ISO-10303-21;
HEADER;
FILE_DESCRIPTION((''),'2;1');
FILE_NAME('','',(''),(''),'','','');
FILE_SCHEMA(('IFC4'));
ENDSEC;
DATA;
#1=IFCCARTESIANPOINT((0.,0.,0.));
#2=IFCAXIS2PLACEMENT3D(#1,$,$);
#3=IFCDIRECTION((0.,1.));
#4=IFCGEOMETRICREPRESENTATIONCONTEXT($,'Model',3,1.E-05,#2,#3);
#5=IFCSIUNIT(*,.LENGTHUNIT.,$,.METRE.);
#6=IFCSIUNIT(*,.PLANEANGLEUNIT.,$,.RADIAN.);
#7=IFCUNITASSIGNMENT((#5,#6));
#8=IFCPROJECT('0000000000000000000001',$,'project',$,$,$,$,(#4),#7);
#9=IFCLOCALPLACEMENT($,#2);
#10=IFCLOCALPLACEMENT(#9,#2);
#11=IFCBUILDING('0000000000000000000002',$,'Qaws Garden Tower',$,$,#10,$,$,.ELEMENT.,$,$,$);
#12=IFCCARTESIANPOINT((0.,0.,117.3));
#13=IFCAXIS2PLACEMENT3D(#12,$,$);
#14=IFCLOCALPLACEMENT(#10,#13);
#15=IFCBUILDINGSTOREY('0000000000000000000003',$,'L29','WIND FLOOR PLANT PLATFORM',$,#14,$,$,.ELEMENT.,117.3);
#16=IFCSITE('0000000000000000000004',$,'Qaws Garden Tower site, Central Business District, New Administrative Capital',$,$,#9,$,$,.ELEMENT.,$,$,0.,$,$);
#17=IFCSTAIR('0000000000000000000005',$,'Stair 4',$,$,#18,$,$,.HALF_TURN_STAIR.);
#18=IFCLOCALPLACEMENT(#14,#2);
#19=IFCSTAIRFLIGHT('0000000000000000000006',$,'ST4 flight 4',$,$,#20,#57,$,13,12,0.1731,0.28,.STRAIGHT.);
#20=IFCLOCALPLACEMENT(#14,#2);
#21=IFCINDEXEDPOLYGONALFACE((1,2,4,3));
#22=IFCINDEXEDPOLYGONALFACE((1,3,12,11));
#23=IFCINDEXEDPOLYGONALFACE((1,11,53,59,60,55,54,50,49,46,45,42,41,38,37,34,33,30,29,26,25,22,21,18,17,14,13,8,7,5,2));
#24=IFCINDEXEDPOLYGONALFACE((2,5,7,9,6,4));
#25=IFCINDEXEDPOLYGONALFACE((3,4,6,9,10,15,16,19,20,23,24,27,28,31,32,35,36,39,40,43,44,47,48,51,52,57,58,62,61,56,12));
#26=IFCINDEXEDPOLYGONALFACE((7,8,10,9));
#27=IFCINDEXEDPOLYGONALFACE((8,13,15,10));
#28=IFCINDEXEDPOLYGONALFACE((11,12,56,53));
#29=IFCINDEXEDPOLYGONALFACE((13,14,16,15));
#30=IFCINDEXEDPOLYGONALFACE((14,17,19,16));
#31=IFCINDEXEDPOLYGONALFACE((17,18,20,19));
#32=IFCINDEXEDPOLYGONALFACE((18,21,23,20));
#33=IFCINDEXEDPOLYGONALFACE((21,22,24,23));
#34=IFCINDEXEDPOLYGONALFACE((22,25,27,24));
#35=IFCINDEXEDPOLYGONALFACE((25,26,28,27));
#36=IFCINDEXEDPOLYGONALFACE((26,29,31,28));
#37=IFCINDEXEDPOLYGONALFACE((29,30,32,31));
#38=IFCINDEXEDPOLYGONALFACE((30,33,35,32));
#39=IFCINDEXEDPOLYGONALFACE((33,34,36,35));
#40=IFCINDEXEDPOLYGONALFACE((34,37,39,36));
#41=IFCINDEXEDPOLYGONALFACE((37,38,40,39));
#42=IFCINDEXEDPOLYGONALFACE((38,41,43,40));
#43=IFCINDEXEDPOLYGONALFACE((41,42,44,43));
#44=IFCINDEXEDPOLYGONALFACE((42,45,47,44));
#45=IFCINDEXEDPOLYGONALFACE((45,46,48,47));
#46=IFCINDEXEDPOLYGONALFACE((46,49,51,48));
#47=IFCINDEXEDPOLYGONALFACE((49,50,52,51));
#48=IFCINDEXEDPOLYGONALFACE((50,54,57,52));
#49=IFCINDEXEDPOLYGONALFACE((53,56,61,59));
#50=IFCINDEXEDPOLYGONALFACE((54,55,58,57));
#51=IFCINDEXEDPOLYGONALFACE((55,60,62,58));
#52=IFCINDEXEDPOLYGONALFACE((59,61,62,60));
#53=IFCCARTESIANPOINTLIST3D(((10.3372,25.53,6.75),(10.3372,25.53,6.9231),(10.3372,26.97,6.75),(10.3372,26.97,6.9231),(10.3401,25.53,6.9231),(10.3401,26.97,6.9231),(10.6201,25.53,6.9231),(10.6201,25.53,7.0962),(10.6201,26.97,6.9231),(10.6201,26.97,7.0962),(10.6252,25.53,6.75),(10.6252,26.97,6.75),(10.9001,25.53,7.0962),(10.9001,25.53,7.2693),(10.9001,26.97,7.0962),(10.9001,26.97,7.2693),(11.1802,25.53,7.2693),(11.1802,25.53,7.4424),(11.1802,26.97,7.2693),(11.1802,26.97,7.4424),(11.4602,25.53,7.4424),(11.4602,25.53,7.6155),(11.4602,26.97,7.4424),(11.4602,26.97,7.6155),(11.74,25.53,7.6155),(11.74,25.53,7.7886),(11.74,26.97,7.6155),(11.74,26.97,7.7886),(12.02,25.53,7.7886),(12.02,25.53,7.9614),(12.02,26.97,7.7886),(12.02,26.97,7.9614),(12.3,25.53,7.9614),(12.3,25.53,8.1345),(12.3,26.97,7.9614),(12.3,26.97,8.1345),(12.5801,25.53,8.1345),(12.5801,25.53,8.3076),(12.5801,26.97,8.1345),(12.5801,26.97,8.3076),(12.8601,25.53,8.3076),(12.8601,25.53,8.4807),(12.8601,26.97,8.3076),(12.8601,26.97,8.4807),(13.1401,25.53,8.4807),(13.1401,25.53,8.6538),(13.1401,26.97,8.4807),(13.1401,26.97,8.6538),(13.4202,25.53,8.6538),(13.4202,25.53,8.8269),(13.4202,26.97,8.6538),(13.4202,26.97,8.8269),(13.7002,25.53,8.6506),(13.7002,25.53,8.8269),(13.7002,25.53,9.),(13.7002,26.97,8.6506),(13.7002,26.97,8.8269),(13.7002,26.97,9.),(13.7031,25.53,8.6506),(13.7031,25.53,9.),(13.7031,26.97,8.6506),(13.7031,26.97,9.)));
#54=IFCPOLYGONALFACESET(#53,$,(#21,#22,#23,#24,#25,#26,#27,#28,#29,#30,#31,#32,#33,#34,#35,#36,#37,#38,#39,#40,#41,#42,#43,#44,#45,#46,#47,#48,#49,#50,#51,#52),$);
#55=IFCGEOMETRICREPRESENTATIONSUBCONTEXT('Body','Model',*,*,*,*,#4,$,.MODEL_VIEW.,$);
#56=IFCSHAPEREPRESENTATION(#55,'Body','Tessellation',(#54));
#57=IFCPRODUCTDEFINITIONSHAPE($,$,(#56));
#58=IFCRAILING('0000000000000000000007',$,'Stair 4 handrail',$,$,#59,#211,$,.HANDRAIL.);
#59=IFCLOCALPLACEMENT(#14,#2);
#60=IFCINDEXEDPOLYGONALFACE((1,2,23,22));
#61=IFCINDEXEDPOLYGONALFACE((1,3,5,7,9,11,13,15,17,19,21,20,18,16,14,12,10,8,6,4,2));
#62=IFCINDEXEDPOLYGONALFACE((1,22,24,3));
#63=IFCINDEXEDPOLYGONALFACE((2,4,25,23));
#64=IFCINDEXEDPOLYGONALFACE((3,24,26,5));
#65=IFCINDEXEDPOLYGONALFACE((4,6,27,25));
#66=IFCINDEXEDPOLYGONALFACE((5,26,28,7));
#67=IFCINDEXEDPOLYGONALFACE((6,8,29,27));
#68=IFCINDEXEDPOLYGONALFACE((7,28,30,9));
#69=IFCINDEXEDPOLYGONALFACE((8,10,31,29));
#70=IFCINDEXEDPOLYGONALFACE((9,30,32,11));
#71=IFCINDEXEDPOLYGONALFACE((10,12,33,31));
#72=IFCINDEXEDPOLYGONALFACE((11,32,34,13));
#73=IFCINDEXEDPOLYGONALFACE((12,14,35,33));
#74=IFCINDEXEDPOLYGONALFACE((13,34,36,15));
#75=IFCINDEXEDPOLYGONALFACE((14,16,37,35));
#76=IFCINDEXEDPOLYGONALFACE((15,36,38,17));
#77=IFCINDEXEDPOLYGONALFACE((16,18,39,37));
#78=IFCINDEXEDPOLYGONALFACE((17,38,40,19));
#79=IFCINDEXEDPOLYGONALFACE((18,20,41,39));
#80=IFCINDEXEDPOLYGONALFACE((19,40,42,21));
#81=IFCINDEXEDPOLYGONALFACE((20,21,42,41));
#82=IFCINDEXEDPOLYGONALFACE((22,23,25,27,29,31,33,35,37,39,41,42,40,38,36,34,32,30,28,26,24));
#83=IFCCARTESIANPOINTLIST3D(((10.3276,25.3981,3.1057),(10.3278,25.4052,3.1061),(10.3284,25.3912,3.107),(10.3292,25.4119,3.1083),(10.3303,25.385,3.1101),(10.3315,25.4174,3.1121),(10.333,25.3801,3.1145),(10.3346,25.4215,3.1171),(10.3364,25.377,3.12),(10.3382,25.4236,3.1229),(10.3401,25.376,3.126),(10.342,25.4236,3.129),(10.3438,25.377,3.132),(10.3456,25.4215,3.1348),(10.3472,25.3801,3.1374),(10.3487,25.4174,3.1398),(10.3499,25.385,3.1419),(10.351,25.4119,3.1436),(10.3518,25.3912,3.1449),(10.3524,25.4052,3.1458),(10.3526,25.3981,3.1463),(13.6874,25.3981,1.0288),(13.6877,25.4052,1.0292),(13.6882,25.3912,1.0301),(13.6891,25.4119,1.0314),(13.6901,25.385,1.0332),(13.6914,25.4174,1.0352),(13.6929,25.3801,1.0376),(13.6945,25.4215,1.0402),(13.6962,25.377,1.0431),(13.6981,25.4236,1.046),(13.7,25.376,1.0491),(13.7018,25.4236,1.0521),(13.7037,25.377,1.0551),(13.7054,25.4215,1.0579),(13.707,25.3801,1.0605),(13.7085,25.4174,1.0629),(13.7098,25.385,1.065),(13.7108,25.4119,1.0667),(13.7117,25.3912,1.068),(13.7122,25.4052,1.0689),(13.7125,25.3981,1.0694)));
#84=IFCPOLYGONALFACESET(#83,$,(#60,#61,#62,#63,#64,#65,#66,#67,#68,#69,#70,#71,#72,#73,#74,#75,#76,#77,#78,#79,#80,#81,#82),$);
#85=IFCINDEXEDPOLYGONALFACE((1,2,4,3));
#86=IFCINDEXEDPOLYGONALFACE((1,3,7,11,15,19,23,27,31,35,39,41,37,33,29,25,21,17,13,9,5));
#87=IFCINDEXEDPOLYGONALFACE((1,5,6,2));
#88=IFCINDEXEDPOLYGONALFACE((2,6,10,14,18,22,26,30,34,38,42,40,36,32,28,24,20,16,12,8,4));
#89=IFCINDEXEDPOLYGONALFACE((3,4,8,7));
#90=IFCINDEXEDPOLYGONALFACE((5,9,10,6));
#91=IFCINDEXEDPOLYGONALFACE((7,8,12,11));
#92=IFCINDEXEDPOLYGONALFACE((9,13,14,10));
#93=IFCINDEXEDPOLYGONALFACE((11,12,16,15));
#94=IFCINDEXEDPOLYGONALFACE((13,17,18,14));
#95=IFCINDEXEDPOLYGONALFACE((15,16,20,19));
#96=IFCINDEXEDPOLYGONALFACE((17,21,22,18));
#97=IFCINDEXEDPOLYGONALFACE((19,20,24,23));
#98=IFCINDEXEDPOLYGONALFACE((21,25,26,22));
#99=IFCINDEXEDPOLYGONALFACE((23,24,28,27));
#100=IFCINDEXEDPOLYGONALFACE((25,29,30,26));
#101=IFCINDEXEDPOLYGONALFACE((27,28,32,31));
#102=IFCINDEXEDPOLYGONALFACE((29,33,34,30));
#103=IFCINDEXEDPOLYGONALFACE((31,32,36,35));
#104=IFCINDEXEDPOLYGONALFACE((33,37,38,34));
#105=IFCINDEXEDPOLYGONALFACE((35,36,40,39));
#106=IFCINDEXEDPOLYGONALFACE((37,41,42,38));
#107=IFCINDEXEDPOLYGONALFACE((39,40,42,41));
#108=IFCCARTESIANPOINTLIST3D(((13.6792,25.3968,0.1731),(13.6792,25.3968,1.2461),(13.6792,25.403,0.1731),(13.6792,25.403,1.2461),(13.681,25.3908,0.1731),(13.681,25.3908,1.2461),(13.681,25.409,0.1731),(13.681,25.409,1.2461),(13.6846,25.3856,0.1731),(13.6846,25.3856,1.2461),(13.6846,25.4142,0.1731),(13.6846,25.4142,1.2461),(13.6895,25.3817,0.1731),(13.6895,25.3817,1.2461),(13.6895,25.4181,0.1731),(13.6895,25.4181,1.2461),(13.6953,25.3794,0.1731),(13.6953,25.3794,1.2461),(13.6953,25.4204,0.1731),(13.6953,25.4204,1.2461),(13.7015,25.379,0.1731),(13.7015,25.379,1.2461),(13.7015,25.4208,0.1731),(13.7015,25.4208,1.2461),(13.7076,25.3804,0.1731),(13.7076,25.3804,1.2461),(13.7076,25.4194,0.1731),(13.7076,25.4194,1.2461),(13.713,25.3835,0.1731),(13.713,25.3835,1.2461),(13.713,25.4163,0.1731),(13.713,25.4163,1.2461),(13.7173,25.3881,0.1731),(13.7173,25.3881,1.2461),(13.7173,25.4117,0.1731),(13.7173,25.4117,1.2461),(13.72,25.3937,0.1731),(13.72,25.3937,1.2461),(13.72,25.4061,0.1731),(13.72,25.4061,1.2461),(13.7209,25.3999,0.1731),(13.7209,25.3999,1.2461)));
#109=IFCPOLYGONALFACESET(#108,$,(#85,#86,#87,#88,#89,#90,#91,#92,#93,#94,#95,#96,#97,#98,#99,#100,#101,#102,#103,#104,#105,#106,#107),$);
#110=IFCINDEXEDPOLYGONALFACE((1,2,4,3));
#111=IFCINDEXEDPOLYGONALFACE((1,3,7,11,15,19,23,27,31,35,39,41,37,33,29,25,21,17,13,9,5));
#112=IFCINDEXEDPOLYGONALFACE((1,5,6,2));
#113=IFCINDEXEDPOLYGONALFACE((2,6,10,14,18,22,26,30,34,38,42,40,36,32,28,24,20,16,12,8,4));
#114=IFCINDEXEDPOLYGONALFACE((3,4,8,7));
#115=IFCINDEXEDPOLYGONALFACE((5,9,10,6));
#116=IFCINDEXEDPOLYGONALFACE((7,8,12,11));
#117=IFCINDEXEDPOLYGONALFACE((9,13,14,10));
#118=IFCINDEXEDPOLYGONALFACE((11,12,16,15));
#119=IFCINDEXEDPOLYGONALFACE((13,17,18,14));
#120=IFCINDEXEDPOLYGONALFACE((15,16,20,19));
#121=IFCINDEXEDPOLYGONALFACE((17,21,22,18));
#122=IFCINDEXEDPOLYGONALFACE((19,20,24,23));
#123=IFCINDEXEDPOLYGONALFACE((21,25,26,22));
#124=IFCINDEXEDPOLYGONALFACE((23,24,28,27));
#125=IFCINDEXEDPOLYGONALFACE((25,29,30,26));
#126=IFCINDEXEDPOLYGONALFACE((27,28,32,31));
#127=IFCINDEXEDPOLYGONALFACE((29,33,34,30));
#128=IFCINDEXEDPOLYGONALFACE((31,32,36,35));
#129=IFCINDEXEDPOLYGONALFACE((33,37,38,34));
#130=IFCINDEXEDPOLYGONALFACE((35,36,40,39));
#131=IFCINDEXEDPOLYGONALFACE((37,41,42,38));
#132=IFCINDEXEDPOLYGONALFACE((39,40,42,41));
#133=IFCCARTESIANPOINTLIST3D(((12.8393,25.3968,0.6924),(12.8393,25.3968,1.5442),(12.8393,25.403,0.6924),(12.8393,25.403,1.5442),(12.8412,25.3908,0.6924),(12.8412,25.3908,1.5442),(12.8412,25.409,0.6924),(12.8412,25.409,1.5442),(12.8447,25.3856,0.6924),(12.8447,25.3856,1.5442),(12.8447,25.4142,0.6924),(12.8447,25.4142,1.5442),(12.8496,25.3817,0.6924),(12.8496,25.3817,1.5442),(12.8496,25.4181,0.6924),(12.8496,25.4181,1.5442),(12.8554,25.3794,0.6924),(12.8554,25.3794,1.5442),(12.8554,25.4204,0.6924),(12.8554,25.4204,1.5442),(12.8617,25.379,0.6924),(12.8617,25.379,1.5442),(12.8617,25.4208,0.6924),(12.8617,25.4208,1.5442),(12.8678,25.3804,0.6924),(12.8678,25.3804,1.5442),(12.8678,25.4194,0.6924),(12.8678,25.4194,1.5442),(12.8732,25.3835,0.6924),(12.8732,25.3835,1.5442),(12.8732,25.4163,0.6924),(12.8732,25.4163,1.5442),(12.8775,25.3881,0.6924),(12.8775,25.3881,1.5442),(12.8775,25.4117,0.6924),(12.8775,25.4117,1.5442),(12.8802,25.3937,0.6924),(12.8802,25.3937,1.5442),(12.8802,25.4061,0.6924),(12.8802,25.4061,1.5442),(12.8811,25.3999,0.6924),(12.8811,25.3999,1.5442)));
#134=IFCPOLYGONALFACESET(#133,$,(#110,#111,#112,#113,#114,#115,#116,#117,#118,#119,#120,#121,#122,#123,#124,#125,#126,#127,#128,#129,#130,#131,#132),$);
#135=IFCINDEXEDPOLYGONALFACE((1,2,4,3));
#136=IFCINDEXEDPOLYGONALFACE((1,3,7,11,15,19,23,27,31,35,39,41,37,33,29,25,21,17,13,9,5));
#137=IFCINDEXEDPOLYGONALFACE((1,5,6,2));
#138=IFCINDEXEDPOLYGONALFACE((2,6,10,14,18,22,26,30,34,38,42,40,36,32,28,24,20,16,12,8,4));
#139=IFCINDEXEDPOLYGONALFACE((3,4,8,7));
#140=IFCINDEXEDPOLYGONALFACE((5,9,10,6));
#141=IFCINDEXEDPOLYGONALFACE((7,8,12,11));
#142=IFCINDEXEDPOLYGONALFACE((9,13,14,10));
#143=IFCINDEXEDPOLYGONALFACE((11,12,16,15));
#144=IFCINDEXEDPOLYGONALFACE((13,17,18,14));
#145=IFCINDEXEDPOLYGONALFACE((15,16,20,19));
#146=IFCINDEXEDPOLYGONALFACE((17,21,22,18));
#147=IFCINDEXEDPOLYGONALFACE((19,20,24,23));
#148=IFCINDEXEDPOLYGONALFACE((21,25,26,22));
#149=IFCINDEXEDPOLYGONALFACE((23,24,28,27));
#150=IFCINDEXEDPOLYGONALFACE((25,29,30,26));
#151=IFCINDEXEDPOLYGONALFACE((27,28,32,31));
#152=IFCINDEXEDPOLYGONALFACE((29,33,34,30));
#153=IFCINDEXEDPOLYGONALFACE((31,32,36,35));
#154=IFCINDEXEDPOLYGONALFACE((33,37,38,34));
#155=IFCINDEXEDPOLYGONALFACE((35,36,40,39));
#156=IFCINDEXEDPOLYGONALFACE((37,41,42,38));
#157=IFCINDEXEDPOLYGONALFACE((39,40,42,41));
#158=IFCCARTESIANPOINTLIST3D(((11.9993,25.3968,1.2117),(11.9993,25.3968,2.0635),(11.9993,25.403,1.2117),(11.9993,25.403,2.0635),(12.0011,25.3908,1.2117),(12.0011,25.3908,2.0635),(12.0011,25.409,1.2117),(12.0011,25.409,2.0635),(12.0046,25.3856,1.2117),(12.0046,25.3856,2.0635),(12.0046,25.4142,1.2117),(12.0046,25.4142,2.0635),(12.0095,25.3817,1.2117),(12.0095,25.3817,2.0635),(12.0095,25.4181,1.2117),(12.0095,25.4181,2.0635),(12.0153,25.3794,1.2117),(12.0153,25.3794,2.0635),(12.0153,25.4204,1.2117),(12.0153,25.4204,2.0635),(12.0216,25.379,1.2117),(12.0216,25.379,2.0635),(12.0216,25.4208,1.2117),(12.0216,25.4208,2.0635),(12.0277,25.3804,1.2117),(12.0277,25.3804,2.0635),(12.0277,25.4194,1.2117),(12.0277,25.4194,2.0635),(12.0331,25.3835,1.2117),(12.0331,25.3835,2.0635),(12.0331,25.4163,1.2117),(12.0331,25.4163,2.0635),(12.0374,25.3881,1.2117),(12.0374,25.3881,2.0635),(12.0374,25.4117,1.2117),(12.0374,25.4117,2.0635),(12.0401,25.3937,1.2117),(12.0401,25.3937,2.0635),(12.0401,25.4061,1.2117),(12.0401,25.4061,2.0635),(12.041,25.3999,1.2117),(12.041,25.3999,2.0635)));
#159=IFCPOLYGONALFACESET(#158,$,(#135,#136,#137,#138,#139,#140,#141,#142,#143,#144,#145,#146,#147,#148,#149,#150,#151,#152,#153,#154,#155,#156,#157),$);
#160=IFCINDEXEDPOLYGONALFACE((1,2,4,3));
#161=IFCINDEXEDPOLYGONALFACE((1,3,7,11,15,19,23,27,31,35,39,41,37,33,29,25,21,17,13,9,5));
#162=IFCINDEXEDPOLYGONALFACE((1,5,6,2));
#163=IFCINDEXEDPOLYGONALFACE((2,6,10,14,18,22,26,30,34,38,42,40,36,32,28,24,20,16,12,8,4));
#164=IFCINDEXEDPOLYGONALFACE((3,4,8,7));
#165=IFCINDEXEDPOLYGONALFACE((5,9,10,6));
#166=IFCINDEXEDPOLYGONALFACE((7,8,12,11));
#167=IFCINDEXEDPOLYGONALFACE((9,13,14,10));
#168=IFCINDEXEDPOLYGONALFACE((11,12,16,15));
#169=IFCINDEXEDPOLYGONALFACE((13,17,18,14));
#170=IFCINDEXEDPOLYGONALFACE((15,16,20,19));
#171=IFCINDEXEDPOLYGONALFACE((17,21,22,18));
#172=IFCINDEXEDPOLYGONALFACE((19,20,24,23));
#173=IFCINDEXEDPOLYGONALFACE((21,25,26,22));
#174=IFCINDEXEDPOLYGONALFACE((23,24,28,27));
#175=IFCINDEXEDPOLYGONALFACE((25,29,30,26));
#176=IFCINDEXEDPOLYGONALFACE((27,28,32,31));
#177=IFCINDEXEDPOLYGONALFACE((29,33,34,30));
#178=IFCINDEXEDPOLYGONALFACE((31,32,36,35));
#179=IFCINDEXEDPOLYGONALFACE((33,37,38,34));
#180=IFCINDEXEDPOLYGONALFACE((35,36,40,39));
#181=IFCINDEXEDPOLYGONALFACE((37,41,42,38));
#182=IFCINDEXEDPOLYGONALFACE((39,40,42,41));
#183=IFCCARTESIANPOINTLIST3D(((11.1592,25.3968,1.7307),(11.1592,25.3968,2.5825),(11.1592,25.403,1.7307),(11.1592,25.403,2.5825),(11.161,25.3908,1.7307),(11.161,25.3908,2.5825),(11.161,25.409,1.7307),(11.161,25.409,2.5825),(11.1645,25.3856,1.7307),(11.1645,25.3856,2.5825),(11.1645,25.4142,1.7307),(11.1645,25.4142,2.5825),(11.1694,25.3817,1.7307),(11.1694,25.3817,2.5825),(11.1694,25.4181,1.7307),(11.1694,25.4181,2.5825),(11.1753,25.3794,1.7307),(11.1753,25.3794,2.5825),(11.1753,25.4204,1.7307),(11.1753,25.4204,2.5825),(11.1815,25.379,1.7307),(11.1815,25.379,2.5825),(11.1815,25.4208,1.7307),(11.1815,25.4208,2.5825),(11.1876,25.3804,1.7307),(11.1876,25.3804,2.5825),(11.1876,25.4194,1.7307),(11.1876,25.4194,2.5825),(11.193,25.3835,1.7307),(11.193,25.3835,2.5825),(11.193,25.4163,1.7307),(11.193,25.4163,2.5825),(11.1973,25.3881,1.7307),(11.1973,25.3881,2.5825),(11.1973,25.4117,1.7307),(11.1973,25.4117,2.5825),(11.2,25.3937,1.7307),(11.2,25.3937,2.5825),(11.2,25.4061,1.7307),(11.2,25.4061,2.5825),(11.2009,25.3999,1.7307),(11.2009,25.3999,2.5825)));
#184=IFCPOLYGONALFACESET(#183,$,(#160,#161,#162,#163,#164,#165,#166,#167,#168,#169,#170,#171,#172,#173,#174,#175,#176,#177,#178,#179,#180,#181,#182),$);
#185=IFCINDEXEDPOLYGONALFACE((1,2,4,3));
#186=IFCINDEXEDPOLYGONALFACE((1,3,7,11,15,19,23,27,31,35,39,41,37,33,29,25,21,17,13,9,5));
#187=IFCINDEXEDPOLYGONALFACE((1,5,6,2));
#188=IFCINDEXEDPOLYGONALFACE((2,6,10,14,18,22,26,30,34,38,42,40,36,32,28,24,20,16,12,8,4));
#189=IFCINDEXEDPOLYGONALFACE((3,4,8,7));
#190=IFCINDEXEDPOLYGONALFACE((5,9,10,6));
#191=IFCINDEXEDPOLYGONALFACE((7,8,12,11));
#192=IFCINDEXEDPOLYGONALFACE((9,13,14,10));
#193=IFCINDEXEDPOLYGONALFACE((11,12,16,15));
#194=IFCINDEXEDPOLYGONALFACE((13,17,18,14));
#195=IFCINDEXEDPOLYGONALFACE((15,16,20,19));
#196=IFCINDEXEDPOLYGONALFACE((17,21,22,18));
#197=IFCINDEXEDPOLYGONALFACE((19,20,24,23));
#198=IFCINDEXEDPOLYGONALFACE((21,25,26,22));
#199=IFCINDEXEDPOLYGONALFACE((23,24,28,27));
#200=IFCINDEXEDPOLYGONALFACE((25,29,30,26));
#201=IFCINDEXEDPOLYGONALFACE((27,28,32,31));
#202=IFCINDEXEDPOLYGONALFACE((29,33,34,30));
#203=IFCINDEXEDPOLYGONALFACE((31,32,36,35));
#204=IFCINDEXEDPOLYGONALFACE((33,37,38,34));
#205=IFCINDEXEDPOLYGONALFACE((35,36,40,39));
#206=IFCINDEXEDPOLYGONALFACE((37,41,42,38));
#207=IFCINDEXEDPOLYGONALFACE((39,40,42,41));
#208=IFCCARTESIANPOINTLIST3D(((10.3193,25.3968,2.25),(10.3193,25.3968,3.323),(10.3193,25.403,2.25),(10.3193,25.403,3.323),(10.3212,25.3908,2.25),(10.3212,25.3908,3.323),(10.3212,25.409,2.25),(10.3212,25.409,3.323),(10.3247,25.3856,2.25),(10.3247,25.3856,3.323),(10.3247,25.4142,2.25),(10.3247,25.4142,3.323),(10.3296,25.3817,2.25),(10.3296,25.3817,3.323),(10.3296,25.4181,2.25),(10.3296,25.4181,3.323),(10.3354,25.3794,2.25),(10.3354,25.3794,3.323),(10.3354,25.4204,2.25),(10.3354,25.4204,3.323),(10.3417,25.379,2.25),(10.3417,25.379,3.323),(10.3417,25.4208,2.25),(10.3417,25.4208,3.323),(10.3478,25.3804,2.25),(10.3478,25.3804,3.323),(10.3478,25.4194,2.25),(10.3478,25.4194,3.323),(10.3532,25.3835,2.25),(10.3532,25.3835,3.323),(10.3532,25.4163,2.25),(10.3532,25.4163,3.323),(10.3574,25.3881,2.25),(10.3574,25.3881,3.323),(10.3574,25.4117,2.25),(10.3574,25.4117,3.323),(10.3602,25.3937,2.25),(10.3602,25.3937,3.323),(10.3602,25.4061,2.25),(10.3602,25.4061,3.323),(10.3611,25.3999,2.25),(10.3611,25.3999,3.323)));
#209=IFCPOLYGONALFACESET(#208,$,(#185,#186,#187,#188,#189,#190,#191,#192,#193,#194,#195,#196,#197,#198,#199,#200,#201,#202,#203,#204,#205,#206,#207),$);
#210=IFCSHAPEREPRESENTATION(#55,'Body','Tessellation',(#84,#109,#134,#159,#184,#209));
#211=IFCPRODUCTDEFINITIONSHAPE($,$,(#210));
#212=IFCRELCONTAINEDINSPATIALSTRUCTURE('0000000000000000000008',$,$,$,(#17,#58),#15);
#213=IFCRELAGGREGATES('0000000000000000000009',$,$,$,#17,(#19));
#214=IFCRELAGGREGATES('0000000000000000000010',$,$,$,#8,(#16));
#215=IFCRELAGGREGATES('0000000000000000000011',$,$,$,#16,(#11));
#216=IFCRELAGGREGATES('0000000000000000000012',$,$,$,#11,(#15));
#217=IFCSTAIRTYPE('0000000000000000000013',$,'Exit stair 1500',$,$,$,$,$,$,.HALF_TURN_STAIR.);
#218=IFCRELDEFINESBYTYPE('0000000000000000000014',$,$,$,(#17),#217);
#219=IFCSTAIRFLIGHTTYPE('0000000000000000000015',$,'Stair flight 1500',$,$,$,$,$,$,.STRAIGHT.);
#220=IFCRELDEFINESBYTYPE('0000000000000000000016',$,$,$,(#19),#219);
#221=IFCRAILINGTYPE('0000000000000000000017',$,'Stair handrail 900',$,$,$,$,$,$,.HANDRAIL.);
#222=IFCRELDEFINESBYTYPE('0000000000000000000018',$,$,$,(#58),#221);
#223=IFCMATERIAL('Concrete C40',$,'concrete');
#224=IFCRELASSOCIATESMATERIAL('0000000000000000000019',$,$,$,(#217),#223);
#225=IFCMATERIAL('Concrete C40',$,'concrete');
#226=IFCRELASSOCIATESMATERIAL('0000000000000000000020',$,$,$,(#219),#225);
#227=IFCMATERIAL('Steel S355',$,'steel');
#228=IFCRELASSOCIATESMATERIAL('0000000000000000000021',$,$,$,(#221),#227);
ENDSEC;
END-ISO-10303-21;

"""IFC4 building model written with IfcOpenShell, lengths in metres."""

from ifc_helpers import new_model, si_unit, direction, frame, origin, origin_2d, place, context, subcontext, project, spatial, polyline, circle, outline, extrude, material, type_object, element, aggregate, save


model = new_model("IFC4")

# Units and contexts
model_context = context("Model", 3, precision=1e-05, world=origin(), true_north=direction((0.0, 1.0)))
body_context = subcontext(model_context, "Body", "Model", "MODEL_VIEW")
ifc_project = project(units=[si_unit("LENGTHUNIT", "METRE"), si_unit("PLANEANGLEUNIT", "RADIAN")], contexts=[model_context])

# Site, building, storey
site_placement = place(None, origin())
site = spatial("IfcSite", under=ifc_project, at=site_placement, Name="Qaws Garden Tower site, Central Business District, New Administrative Capital", CompositionType="ELEMENT", RefElevation=0.0)
building_placement = place(site_placement, origin())
building = spatial("IfcBuilding", under=site, at=building_placement, Name="Qaws Garden Tower", CompositionType="ELEMENT")
storey_placement = place(building_placement, frame((0.0, 0.0, 117.3)))
storey = spatial("IfcBuildingStorey", under=building, at=storey_placement, Name="L29", Description="WIND FLOOR PLANT PLATFORM", CompositionType="ELEMENT", Elevation=117.3)

# Stair, stair flight
ifc_material_1 = material(Name="Concrete C40", Category="concrete")
stair_type = type_object("IfcStairType", Name="Exit stair 1500", PredefinedType="HALF_TURN_STAIR", material=ifc_material_1)
stair_placement = place(storey_placement, origin())
stair = element("IfcStair", 1, at=stair_placement, inside=storey, type_object=stair_type, Name="Stair 4", PredefinedType="HALF_TURN_STAIR")
ifc_material_2 = material(Name="Concrete C40", Category="concrete")
stair_flight_type = type_object("IfcStairFlightType", Name="Stair flight 1500", PredefinedType="STRAIGHT", material=ifc_material_2)
stair_flight_1_placement = place(storey_placement, frame((10.3401, 26.25, 6.75), z_axis=(0.0, 0.0, 1.0), x_axis=(1.0, 0.0, 0.0)))
stair_flight_1 = element("IfcStairFlight", 2, at=stair_flight_1_placement, type_object=stair_flight_type, Name="ST4 flight 4", NumberOfRisers=13, NumberOfTreads=12, PredefinedType="STRAIGHT", RiserHeight=0.1731, TreadLength=0.28, context=body_context, shape_type="SweptSolid", body=[
    extrude(outline(polyline([(-0.0029, 0.0), (-0.0029, 0.1731), (0.0, 0.1731), (0.28, 0.1731), (0.28, 0.3462), (0.5601, 0.3462), (0.5601, 0.5193), (0.8401, 0.5193), (0.8401, 0.6924), (1.1201, 0.6924), (1.1201, 0.8655), (1.3999, 0.8655), (1.3999, 1.0386), (1.6799, 1.0386), (1.6799, 1.2114), (1.96, 1.2114), (1.96, 1.3845), (2.24, 1.3845), (2.24, 1.5576), (2.52, 1.5576), (2.52, 1.7307), (2.8, 1.7307), (2.8, 1.9038), (3.0801, 1.9038), (3.0801, 2.0769), (3.3601, 2.0769), (3.3601, 2.25), (3.363, 2.25), (3.363, 1.9006), (3.3601, 1.9006), (0.2852, 0.0), (-0.0029, 0.0)])), frame((0.0, 0.72, 0.0), z_axis=(0.0, -1.0, 0.0), x_axis=(1.0, 0.0, 0.0)), (0.0, 0.0, 1.0), 1.4399),
])
aggregate(stair, [stair_flight_1])

# Railing
ifc_material_3 = material(Name="Steel S355", Category="steel")
railing_type_1 = type_object("IfcRailingType", Name="Stair handrail 900", PredefinedType="HANDRAIL", material=ifc_material_3)
railing_1_placement = place(storey_placement, frame((13.7, 25.3999, 0.1731)))
element("IfcRailing", 3, at=railing_1_placement, inside=storey, type_object=railing_type_1, Name="Stair 4 handrail", PredefinedType="HANDRAIL", context=body_context, shape_type="SweptSolid", body=[
    extrude(circle(Radius=0.0239, at=origin_2d()), frame((0.0, 0.0, 0.876), z_axis=(-0.850606, 0.0, 0.525803), x_axis=(0.0, -1.0, 0.0)), (0.0, 0.0, 1.0), 3.95),
    extrude(circle(Radius=0.021, at=origin_2d()), origin(), (0.0, 0.0, 1.0), 1.073),
    extrude(circle(Radius=0.021, at=origin_2d()), frame((-0.8398, 0.0, 0.5193)), (0.0, 0.0, 1.0), 0.8518),
    extrude(circle(Radius=0.021, at=origin_2d()), frame((-1.6799, 0.0, 1.0386)), (0.0, 0.0, 1.0), 0.8518),
    extrude(circle(Radius=0.021, at=origin_2d()), frame((-2.52, 0.0, 1.5576)), (0.0, 0.0, 1.0), 0.8518),
    extrude(circle(Radius=0.021, at=origin_2d()), frame((-3.3599, 0.0, 2.0769)), (0.0, 0.0, 1.0), 1.073),
])

save(model, "model.ifc")
